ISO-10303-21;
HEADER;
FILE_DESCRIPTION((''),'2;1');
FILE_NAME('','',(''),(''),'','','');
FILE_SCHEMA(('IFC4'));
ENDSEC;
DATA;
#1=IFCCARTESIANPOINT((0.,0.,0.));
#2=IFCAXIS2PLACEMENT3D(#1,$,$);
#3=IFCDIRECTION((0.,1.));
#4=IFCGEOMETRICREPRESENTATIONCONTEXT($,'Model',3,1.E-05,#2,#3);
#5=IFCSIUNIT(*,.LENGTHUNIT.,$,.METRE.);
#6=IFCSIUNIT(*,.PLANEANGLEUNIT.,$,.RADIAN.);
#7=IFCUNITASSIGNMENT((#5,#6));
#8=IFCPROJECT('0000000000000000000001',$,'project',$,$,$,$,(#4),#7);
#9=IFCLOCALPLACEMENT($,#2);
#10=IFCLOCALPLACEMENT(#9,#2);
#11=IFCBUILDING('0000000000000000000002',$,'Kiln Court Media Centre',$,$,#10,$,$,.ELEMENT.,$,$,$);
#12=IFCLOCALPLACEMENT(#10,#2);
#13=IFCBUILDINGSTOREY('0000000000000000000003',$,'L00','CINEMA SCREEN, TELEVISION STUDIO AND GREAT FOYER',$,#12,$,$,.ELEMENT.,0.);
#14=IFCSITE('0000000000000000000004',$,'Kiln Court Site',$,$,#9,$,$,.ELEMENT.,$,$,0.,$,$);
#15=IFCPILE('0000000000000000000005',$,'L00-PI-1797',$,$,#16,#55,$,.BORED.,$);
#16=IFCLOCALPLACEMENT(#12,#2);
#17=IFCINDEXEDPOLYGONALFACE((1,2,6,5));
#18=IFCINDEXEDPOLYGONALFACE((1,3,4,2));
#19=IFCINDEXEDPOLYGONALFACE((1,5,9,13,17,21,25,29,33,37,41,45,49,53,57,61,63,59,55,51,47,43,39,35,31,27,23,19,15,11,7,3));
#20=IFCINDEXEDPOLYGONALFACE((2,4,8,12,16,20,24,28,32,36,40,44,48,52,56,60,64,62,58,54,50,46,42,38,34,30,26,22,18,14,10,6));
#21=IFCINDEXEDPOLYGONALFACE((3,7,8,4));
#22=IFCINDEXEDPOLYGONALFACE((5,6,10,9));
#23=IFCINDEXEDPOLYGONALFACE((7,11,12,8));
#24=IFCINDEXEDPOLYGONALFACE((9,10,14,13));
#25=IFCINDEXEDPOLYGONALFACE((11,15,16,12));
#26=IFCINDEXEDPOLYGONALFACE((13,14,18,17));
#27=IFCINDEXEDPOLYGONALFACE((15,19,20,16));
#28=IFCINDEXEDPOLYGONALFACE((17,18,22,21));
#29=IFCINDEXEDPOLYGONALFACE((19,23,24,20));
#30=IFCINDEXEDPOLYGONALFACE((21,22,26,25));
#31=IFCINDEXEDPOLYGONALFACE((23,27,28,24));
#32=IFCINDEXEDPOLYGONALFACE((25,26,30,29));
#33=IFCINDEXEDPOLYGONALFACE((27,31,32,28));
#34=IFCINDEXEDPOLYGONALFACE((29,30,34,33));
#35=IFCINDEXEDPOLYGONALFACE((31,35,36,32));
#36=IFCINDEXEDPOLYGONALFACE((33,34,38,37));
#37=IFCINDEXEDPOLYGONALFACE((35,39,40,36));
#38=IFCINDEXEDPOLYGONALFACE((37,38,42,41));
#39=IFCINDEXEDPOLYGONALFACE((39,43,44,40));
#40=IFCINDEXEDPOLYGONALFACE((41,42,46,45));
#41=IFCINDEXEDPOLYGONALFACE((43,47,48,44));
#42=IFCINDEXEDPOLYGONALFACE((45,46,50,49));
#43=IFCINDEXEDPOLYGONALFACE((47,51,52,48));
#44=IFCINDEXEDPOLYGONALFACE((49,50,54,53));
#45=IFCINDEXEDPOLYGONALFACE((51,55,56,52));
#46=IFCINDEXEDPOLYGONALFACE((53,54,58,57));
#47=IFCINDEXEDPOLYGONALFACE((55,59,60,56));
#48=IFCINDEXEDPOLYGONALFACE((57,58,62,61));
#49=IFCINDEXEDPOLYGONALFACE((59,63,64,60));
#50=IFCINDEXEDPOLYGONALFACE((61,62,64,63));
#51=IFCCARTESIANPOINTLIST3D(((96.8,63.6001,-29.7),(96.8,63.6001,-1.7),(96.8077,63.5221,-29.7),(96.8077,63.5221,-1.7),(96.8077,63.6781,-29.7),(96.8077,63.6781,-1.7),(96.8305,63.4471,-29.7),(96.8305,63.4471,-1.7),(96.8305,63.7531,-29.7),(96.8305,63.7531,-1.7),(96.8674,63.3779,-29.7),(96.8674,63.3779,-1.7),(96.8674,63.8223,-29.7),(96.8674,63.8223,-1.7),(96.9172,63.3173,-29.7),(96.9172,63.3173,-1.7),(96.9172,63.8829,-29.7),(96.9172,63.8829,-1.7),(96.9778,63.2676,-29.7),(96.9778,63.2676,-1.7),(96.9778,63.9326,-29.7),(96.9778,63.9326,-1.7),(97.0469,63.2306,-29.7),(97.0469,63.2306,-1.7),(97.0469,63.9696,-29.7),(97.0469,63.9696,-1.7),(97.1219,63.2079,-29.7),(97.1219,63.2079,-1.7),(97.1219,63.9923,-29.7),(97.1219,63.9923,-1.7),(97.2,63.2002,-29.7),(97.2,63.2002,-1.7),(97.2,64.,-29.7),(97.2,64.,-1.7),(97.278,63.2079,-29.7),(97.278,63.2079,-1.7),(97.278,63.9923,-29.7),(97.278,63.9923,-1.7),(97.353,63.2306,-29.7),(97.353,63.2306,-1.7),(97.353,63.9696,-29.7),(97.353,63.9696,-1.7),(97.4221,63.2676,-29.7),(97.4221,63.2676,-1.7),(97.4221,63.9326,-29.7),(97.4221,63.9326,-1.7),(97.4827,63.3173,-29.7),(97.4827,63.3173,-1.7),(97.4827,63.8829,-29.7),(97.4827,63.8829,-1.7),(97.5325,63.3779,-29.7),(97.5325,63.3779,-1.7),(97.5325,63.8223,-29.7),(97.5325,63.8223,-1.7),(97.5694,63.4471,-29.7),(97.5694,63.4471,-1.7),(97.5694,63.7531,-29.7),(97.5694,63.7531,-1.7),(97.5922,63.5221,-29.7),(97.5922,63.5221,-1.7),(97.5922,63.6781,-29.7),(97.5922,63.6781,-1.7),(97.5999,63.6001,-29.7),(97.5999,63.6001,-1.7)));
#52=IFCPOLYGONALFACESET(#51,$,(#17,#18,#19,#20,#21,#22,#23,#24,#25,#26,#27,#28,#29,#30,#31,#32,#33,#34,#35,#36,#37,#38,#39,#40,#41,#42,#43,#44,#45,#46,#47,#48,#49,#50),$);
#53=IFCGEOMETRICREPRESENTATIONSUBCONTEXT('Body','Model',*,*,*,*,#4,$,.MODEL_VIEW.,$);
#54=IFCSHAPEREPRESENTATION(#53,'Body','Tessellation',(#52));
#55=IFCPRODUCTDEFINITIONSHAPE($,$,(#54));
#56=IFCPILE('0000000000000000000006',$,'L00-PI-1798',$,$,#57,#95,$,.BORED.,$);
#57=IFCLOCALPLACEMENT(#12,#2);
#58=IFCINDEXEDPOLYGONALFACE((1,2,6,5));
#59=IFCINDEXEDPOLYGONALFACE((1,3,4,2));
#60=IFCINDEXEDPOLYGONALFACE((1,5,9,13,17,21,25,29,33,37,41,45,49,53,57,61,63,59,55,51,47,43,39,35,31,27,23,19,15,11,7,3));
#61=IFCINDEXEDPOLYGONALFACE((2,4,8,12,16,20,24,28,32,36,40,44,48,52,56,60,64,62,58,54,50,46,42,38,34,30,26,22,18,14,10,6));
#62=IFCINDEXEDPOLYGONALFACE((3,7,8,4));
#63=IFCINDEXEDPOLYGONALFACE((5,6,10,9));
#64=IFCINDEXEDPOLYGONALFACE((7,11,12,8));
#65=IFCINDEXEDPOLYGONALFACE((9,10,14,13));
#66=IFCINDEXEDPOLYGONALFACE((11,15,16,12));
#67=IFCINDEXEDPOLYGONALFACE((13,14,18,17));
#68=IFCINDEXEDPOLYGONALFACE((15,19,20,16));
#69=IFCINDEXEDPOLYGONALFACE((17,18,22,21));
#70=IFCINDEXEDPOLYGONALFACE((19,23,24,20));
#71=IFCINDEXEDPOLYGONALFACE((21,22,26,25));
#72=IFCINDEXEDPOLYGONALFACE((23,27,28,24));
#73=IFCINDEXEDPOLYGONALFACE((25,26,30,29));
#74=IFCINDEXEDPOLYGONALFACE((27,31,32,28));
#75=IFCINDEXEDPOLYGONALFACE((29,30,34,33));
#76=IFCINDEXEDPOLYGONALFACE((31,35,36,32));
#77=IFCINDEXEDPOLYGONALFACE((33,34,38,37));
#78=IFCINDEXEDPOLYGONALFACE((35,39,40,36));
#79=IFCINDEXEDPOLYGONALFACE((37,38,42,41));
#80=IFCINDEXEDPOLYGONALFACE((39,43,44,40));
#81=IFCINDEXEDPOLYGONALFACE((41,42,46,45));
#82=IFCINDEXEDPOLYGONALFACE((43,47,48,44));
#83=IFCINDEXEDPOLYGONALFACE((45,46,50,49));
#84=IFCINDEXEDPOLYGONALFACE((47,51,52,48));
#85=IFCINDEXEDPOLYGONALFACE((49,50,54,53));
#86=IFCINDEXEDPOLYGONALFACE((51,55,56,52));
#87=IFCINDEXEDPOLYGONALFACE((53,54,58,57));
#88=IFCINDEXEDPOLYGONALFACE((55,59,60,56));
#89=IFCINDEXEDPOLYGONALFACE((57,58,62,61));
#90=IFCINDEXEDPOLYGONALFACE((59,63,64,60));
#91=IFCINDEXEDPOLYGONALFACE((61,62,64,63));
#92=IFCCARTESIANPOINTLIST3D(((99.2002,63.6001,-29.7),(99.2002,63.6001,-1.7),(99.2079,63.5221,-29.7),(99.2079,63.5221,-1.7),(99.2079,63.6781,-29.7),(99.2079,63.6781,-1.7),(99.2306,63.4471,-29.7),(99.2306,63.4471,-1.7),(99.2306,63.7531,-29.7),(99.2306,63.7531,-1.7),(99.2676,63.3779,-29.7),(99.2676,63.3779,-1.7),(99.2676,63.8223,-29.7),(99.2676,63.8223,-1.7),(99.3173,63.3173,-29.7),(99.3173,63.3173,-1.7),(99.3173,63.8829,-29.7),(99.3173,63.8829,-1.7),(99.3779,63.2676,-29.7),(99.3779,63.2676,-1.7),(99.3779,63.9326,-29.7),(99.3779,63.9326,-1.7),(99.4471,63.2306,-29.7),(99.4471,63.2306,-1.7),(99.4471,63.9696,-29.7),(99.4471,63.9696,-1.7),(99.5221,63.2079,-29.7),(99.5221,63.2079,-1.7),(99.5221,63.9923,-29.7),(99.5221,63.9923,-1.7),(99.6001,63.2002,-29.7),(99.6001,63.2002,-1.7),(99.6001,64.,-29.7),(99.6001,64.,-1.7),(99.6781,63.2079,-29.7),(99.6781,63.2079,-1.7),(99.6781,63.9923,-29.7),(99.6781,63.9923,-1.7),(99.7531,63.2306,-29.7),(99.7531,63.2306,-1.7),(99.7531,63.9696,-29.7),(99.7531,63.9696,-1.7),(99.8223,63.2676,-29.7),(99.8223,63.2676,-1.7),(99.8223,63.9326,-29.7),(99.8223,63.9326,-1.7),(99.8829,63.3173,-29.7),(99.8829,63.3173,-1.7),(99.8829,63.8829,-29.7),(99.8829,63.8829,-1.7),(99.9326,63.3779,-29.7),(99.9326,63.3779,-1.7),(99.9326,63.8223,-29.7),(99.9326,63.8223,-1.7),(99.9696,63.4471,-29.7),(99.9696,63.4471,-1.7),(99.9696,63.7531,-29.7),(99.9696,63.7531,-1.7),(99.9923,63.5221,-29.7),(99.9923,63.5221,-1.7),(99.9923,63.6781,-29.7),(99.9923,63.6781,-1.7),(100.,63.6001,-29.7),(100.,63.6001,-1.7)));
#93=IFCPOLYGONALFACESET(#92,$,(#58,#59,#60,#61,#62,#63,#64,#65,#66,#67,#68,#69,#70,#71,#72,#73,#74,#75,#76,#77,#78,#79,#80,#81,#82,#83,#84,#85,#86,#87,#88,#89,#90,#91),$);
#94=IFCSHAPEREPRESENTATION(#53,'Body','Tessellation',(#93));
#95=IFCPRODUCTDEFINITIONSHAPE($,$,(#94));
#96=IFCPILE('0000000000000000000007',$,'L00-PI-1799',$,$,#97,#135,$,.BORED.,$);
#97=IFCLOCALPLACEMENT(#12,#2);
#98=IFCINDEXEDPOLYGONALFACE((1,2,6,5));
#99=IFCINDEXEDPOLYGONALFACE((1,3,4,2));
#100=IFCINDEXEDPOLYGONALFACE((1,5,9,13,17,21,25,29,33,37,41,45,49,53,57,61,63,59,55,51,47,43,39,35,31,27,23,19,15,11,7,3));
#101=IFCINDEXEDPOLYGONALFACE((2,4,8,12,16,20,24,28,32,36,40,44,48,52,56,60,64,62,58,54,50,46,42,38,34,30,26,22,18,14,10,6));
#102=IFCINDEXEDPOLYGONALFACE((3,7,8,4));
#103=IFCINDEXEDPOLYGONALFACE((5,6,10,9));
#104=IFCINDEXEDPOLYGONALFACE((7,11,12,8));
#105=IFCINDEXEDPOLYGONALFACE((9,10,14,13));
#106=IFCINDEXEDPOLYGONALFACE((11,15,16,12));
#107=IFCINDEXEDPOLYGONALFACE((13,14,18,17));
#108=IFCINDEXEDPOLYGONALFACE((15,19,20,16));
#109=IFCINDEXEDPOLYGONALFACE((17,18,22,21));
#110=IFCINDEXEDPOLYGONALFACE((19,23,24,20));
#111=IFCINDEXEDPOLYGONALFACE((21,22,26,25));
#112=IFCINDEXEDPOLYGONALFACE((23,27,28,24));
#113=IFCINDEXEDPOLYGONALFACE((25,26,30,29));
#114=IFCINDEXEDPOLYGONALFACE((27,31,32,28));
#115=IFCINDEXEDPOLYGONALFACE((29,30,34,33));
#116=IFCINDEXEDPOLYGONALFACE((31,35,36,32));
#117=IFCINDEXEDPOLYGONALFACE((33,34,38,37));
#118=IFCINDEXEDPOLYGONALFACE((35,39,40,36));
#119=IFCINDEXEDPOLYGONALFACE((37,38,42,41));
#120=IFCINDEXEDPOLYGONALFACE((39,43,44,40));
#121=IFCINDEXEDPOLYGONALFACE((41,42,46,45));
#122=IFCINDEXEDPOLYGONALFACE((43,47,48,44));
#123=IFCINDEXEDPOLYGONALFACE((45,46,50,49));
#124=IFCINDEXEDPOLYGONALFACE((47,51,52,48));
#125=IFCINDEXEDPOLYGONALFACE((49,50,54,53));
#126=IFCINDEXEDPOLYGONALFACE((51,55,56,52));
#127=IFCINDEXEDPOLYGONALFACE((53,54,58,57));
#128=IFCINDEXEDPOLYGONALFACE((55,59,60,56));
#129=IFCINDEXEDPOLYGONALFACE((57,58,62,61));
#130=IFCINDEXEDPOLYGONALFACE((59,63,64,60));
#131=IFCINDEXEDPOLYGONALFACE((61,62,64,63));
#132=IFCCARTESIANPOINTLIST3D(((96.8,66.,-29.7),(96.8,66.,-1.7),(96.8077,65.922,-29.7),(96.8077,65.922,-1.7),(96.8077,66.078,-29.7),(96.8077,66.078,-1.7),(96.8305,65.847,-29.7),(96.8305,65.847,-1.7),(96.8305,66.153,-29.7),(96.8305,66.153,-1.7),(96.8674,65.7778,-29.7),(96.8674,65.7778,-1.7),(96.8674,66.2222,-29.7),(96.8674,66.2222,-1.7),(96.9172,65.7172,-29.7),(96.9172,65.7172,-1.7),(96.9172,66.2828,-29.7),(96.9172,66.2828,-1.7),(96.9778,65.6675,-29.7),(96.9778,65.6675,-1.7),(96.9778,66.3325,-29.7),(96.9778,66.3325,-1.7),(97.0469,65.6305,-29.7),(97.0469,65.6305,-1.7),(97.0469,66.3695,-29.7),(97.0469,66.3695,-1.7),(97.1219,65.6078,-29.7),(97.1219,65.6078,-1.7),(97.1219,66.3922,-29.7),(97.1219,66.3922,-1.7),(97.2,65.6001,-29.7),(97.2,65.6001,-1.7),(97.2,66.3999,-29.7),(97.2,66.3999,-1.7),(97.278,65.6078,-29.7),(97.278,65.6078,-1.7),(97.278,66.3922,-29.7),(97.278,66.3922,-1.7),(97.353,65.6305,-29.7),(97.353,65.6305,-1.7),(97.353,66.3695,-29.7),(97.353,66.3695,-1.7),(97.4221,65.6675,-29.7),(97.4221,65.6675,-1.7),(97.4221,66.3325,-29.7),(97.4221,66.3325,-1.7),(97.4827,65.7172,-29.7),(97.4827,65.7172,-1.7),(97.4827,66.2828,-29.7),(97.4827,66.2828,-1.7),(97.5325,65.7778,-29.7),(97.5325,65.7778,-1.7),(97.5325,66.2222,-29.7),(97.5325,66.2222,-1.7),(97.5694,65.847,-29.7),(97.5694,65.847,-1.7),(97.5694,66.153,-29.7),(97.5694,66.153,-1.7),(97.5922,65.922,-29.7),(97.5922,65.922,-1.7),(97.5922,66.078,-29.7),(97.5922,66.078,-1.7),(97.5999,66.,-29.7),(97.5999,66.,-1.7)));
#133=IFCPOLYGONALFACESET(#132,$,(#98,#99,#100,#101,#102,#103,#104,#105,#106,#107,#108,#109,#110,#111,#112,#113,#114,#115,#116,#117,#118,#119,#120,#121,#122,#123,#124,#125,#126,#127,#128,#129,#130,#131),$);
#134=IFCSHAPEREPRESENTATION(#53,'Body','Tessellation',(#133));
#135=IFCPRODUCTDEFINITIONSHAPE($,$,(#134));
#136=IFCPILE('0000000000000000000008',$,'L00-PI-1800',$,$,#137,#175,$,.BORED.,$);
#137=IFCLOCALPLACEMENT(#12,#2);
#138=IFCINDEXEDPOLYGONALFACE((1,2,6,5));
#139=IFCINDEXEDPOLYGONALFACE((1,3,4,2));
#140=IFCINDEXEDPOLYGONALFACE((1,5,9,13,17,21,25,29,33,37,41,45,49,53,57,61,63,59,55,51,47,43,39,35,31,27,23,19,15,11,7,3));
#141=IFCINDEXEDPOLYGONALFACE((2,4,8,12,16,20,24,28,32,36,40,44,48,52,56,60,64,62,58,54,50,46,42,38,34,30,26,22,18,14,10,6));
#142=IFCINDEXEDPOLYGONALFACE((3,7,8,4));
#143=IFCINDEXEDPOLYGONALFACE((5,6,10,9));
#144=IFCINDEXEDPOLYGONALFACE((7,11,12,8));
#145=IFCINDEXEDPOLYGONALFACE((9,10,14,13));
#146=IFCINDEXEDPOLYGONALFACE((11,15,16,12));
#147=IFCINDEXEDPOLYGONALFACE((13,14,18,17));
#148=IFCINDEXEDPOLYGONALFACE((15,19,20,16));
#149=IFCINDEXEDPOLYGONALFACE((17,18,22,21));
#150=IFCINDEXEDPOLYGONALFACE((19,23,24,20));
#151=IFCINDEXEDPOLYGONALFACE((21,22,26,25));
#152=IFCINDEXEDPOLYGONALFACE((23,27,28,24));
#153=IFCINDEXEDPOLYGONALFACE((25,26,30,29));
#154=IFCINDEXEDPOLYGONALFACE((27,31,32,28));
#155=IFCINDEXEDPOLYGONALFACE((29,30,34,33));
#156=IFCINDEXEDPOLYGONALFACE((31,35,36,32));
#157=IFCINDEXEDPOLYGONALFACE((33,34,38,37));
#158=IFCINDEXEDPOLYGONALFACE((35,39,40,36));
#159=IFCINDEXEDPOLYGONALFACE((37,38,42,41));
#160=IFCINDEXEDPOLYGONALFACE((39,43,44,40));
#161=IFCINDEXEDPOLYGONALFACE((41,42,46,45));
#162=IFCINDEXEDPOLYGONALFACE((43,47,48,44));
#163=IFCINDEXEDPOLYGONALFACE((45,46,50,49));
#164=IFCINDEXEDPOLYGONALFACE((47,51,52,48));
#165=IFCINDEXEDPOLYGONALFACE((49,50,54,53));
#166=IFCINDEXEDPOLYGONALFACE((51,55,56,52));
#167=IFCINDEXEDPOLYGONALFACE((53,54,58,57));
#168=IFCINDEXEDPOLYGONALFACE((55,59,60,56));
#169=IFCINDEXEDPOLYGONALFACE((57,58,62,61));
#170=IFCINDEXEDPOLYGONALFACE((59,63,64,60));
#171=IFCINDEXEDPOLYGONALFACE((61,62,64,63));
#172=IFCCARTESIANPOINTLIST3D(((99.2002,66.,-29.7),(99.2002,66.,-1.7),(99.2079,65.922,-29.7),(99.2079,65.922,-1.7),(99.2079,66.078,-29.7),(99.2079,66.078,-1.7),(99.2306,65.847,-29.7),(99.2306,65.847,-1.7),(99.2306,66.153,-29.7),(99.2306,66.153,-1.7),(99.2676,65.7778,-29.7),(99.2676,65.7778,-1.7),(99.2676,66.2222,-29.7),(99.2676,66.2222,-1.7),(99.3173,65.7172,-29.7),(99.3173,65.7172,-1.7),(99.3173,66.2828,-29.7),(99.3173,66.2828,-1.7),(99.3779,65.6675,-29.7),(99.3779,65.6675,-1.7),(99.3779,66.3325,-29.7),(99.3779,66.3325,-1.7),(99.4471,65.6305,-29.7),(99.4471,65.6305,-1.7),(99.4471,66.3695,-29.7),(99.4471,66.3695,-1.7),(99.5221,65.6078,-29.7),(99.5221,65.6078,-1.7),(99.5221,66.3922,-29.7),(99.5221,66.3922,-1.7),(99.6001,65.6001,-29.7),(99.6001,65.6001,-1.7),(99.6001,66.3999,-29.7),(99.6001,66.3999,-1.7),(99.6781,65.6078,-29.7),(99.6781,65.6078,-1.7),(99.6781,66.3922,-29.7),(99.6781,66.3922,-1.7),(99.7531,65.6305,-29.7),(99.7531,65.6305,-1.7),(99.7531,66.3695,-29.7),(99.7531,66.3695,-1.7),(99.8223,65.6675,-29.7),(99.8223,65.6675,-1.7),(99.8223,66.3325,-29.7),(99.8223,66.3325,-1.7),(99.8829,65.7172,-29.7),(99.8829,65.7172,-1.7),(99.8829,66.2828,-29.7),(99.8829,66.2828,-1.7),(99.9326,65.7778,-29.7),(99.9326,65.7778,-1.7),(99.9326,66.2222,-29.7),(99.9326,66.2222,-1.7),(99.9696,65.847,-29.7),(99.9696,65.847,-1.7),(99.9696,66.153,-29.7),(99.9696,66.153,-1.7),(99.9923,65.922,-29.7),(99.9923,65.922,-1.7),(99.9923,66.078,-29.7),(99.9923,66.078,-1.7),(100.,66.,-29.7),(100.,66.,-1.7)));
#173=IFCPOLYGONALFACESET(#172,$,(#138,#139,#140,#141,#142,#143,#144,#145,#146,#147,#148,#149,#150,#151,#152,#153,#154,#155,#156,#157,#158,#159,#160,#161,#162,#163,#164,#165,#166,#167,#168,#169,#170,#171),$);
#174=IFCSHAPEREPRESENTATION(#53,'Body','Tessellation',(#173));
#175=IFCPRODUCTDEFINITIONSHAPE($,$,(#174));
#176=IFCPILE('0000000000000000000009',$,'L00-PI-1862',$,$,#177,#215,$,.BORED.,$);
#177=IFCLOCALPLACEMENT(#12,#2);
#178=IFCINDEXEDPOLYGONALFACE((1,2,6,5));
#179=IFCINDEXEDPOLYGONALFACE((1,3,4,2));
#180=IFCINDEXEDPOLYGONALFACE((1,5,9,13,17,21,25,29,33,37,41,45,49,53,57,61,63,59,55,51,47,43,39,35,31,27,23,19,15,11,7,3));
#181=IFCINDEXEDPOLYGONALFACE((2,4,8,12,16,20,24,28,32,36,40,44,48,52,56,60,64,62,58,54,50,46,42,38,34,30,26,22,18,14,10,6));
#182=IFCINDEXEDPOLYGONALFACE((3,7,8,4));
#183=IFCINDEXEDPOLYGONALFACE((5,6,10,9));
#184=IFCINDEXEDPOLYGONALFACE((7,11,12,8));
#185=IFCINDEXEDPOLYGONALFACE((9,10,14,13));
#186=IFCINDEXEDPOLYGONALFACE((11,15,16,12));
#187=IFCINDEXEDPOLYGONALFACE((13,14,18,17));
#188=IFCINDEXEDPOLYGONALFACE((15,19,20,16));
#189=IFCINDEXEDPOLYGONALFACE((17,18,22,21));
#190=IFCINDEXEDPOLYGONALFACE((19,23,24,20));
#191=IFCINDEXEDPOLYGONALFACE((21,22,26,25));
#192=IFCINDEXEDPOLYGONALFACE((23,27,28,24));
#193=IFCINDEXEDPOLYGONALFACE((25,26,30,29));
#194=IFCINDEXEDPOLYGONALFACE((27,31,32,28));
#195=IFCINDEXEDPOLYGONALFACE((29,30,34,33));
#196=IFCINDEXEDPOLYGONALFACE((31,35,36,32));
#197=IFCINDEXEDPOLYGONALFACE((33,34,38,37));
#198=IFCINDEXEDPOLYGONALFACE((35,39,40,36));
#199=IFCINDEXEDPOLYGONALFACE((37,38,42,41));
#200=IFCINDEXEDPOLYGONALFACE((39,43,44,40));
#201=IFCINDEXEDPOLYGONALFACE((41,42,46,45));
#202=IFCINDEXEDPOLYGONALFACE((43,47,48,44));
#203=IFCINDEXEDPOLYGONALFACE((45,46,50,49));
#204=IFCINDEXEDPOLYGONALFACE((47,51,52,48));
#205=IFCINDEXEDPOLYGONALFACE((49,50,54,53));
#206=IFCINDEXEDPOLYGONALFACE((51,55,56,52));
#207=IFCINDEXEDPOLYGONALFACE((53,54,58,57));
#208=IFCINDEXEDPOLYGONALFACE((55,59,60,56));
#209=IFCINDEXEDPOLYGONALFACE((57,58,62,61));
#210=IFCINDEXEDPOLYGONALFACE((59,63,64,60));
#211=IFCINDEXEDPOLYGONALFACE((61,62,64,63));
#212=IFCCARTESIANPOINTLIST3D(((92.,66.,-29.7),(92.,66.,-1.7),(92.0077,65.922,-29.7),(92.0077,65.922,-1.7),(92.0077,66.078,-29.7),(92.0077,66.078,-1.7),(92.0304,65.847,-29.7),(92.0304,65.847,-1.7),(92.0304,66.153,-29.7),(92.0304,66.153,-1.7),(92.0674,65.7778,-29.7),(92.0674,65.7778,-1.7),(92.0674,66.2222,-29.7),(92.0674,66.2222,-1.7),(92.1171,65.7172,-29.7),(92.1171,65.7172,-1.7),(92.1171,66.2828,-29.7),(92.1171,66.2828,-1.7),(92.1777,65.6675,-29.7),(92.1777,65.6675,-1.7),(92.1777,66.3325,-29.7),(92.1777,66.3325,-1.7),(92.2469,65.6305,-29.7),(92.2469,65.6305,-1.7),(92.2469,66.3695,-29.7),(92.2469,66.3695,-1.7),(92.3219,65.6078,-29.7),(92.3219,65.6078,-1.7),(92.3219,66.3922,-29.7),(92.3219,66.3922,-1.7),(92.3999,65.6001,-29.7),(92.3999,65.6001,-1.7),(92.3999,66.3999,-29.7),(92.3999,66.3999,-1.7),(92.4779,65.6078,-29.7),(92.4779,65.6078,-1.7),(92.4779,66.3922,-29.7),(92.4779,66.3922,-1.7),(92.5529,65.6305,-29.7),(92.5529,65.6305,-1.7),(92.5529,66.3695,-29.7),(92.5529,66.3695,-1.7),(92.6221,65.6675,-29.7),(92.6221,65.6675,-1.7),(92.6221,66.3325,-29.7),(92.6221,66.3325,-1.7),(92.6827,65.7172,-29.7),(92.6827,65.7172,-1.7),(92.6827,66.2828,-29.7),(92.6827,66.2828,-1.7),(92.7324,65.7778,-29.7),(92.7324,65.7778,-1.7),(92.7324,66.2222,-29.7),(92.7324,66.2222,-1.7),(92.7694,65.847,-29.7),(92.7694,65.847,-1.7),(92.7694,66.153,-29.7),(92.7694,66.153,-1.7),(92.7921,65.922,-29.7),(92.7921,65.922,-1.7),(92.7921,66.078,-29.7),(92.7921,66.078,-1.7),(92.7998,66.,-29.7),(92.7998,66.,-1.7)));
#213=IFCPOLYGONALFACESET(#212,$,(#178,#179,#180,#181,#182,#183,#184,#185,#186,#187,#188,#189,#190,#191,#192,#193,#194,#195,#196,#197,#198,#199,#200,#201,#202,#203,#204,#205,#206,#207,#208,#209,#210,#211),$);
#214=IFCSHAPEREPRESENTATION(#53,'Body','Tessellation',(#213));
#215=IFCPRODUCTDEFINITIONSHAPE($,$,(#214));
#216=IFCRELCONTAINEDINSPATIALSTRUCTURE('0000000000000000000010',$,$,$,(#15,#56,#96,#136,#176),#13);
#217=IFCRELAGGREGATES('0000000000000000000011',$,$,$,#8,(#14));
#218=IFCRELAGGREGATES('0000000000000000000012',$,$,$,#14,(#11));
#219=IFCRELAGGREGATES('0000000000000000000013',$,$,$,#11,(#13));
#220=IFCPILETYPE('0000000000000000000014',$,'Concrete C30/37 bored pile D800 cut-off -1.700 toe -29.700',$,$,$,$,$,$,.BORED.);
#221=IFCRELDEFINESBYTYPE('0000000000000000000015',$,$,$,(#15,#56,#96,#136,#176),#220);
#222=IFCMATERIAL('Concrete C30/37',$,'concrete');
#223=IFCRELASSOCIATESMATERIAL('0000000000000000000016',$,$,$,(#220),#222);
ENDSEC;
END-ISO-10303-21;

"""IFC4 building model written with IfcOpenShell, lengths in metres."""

from ifc_helpers import new_model, si_unit, direction, frame, origin, origin_2d, place, context, subcontext, project, spatial, circle, extrude, material, material_profile, profile_set, type_object, element, save


model = new_model("IFC4")

# Units and contexts
model_context = context("Model", 3, precision=1e-05, world=origin(), true_north=direction((0.0, 1.0)))
body_context = subcontext(model_context, "Body", "Model", "MODEL_VIEW")
ifc_project = project(units=[si_unit("LENGTHUNIT", "METRE"), si_unit("PLANEANGLEUNIT", "RADIAN")], contexts=[model_context])

# Site, building, storey
site_placement = place(None, origin())
site = spatial("IfcSite", under=ifc_project, at=site_placement, Name="Kiln Court Site", CompositionType="ELEMENT", RefElevation=0.0)
building_placement = place(site_placement, origin())
building = spatial("IfcBuilding", under=site, at=building_placement, Name="Kiln Court Media Centre", CompositionType="ELEMENT")
storey_placement = place(building_placement, origin())
storey = spatial("IfcBuildingStorey", under=building, at=storey_placement, Name="L00", Description="CINEMA SCREEN, TELEVISION STUDIO AND GREAT FOYER", CompositionType="ELEMENT", Elevation=0.0)

# Piles
ifc_material_1 = material(Name="Concrete C30/37", Category="concrete")
ifc_material_profile_1 = material_profile(ifc_material_1, circle(Radius=0.3999, at=origin_2d()), Name="PILE D800")
ifc_profile_set_1 = profile_set([ifc_material_profile_1], Name="Concrete C30/37")
pile_type = type_object("IfcPileType", Name="Concrete C30/37 bored pile D800 cut-off -1.700 toe -29.700", PredefinedType="BORED", material=ifc_profile_set_1)
for number, where, z_axis, x_axis, name in (
    (1, (97.2, 63.6001, -1.7), (0.0, 0.0, -1.0), (1.0, 0.0, 0.0), "L00-PI-1797"),
    (2, (99.6001, 63.6001, -1.7), (0.0, 0.0, -1.0), (1.0, 0.0, 0.0), "L00-PI-1798"),
    (3, (97.2, 66.0, -1.7), (0.0, 0.0, -1.0), (1.0, 0.0, 0.0), "L00-PI-1799"),
    (4, (99.6001, 66.0, -1.7), (0.0, 0.0, -1.0), (1.0, 0.0, 0.0), "L00-PI-1800"),
    (5, (92.3999, 66.0, -1.7), (0.0, 0.0, -1.0), (1.0, 0.0, 0.0), "L00-PI-1862"),
):
    element("IfcPile", number, at=place(storey_placement, frame(where, z_axis=z_axis, x_axis=x_axis)), inside=storey, type_object=pile_type, Name=name, PredefinedType="BORED", context=body_context, shape_type="SweptSolid", body=[
        extrude(circle(Radius=0.3999, at=origin_2d()), origin(), (0.0, 0.0, 1.0), 28.0),
    ])

save(model, "model.ifc")
